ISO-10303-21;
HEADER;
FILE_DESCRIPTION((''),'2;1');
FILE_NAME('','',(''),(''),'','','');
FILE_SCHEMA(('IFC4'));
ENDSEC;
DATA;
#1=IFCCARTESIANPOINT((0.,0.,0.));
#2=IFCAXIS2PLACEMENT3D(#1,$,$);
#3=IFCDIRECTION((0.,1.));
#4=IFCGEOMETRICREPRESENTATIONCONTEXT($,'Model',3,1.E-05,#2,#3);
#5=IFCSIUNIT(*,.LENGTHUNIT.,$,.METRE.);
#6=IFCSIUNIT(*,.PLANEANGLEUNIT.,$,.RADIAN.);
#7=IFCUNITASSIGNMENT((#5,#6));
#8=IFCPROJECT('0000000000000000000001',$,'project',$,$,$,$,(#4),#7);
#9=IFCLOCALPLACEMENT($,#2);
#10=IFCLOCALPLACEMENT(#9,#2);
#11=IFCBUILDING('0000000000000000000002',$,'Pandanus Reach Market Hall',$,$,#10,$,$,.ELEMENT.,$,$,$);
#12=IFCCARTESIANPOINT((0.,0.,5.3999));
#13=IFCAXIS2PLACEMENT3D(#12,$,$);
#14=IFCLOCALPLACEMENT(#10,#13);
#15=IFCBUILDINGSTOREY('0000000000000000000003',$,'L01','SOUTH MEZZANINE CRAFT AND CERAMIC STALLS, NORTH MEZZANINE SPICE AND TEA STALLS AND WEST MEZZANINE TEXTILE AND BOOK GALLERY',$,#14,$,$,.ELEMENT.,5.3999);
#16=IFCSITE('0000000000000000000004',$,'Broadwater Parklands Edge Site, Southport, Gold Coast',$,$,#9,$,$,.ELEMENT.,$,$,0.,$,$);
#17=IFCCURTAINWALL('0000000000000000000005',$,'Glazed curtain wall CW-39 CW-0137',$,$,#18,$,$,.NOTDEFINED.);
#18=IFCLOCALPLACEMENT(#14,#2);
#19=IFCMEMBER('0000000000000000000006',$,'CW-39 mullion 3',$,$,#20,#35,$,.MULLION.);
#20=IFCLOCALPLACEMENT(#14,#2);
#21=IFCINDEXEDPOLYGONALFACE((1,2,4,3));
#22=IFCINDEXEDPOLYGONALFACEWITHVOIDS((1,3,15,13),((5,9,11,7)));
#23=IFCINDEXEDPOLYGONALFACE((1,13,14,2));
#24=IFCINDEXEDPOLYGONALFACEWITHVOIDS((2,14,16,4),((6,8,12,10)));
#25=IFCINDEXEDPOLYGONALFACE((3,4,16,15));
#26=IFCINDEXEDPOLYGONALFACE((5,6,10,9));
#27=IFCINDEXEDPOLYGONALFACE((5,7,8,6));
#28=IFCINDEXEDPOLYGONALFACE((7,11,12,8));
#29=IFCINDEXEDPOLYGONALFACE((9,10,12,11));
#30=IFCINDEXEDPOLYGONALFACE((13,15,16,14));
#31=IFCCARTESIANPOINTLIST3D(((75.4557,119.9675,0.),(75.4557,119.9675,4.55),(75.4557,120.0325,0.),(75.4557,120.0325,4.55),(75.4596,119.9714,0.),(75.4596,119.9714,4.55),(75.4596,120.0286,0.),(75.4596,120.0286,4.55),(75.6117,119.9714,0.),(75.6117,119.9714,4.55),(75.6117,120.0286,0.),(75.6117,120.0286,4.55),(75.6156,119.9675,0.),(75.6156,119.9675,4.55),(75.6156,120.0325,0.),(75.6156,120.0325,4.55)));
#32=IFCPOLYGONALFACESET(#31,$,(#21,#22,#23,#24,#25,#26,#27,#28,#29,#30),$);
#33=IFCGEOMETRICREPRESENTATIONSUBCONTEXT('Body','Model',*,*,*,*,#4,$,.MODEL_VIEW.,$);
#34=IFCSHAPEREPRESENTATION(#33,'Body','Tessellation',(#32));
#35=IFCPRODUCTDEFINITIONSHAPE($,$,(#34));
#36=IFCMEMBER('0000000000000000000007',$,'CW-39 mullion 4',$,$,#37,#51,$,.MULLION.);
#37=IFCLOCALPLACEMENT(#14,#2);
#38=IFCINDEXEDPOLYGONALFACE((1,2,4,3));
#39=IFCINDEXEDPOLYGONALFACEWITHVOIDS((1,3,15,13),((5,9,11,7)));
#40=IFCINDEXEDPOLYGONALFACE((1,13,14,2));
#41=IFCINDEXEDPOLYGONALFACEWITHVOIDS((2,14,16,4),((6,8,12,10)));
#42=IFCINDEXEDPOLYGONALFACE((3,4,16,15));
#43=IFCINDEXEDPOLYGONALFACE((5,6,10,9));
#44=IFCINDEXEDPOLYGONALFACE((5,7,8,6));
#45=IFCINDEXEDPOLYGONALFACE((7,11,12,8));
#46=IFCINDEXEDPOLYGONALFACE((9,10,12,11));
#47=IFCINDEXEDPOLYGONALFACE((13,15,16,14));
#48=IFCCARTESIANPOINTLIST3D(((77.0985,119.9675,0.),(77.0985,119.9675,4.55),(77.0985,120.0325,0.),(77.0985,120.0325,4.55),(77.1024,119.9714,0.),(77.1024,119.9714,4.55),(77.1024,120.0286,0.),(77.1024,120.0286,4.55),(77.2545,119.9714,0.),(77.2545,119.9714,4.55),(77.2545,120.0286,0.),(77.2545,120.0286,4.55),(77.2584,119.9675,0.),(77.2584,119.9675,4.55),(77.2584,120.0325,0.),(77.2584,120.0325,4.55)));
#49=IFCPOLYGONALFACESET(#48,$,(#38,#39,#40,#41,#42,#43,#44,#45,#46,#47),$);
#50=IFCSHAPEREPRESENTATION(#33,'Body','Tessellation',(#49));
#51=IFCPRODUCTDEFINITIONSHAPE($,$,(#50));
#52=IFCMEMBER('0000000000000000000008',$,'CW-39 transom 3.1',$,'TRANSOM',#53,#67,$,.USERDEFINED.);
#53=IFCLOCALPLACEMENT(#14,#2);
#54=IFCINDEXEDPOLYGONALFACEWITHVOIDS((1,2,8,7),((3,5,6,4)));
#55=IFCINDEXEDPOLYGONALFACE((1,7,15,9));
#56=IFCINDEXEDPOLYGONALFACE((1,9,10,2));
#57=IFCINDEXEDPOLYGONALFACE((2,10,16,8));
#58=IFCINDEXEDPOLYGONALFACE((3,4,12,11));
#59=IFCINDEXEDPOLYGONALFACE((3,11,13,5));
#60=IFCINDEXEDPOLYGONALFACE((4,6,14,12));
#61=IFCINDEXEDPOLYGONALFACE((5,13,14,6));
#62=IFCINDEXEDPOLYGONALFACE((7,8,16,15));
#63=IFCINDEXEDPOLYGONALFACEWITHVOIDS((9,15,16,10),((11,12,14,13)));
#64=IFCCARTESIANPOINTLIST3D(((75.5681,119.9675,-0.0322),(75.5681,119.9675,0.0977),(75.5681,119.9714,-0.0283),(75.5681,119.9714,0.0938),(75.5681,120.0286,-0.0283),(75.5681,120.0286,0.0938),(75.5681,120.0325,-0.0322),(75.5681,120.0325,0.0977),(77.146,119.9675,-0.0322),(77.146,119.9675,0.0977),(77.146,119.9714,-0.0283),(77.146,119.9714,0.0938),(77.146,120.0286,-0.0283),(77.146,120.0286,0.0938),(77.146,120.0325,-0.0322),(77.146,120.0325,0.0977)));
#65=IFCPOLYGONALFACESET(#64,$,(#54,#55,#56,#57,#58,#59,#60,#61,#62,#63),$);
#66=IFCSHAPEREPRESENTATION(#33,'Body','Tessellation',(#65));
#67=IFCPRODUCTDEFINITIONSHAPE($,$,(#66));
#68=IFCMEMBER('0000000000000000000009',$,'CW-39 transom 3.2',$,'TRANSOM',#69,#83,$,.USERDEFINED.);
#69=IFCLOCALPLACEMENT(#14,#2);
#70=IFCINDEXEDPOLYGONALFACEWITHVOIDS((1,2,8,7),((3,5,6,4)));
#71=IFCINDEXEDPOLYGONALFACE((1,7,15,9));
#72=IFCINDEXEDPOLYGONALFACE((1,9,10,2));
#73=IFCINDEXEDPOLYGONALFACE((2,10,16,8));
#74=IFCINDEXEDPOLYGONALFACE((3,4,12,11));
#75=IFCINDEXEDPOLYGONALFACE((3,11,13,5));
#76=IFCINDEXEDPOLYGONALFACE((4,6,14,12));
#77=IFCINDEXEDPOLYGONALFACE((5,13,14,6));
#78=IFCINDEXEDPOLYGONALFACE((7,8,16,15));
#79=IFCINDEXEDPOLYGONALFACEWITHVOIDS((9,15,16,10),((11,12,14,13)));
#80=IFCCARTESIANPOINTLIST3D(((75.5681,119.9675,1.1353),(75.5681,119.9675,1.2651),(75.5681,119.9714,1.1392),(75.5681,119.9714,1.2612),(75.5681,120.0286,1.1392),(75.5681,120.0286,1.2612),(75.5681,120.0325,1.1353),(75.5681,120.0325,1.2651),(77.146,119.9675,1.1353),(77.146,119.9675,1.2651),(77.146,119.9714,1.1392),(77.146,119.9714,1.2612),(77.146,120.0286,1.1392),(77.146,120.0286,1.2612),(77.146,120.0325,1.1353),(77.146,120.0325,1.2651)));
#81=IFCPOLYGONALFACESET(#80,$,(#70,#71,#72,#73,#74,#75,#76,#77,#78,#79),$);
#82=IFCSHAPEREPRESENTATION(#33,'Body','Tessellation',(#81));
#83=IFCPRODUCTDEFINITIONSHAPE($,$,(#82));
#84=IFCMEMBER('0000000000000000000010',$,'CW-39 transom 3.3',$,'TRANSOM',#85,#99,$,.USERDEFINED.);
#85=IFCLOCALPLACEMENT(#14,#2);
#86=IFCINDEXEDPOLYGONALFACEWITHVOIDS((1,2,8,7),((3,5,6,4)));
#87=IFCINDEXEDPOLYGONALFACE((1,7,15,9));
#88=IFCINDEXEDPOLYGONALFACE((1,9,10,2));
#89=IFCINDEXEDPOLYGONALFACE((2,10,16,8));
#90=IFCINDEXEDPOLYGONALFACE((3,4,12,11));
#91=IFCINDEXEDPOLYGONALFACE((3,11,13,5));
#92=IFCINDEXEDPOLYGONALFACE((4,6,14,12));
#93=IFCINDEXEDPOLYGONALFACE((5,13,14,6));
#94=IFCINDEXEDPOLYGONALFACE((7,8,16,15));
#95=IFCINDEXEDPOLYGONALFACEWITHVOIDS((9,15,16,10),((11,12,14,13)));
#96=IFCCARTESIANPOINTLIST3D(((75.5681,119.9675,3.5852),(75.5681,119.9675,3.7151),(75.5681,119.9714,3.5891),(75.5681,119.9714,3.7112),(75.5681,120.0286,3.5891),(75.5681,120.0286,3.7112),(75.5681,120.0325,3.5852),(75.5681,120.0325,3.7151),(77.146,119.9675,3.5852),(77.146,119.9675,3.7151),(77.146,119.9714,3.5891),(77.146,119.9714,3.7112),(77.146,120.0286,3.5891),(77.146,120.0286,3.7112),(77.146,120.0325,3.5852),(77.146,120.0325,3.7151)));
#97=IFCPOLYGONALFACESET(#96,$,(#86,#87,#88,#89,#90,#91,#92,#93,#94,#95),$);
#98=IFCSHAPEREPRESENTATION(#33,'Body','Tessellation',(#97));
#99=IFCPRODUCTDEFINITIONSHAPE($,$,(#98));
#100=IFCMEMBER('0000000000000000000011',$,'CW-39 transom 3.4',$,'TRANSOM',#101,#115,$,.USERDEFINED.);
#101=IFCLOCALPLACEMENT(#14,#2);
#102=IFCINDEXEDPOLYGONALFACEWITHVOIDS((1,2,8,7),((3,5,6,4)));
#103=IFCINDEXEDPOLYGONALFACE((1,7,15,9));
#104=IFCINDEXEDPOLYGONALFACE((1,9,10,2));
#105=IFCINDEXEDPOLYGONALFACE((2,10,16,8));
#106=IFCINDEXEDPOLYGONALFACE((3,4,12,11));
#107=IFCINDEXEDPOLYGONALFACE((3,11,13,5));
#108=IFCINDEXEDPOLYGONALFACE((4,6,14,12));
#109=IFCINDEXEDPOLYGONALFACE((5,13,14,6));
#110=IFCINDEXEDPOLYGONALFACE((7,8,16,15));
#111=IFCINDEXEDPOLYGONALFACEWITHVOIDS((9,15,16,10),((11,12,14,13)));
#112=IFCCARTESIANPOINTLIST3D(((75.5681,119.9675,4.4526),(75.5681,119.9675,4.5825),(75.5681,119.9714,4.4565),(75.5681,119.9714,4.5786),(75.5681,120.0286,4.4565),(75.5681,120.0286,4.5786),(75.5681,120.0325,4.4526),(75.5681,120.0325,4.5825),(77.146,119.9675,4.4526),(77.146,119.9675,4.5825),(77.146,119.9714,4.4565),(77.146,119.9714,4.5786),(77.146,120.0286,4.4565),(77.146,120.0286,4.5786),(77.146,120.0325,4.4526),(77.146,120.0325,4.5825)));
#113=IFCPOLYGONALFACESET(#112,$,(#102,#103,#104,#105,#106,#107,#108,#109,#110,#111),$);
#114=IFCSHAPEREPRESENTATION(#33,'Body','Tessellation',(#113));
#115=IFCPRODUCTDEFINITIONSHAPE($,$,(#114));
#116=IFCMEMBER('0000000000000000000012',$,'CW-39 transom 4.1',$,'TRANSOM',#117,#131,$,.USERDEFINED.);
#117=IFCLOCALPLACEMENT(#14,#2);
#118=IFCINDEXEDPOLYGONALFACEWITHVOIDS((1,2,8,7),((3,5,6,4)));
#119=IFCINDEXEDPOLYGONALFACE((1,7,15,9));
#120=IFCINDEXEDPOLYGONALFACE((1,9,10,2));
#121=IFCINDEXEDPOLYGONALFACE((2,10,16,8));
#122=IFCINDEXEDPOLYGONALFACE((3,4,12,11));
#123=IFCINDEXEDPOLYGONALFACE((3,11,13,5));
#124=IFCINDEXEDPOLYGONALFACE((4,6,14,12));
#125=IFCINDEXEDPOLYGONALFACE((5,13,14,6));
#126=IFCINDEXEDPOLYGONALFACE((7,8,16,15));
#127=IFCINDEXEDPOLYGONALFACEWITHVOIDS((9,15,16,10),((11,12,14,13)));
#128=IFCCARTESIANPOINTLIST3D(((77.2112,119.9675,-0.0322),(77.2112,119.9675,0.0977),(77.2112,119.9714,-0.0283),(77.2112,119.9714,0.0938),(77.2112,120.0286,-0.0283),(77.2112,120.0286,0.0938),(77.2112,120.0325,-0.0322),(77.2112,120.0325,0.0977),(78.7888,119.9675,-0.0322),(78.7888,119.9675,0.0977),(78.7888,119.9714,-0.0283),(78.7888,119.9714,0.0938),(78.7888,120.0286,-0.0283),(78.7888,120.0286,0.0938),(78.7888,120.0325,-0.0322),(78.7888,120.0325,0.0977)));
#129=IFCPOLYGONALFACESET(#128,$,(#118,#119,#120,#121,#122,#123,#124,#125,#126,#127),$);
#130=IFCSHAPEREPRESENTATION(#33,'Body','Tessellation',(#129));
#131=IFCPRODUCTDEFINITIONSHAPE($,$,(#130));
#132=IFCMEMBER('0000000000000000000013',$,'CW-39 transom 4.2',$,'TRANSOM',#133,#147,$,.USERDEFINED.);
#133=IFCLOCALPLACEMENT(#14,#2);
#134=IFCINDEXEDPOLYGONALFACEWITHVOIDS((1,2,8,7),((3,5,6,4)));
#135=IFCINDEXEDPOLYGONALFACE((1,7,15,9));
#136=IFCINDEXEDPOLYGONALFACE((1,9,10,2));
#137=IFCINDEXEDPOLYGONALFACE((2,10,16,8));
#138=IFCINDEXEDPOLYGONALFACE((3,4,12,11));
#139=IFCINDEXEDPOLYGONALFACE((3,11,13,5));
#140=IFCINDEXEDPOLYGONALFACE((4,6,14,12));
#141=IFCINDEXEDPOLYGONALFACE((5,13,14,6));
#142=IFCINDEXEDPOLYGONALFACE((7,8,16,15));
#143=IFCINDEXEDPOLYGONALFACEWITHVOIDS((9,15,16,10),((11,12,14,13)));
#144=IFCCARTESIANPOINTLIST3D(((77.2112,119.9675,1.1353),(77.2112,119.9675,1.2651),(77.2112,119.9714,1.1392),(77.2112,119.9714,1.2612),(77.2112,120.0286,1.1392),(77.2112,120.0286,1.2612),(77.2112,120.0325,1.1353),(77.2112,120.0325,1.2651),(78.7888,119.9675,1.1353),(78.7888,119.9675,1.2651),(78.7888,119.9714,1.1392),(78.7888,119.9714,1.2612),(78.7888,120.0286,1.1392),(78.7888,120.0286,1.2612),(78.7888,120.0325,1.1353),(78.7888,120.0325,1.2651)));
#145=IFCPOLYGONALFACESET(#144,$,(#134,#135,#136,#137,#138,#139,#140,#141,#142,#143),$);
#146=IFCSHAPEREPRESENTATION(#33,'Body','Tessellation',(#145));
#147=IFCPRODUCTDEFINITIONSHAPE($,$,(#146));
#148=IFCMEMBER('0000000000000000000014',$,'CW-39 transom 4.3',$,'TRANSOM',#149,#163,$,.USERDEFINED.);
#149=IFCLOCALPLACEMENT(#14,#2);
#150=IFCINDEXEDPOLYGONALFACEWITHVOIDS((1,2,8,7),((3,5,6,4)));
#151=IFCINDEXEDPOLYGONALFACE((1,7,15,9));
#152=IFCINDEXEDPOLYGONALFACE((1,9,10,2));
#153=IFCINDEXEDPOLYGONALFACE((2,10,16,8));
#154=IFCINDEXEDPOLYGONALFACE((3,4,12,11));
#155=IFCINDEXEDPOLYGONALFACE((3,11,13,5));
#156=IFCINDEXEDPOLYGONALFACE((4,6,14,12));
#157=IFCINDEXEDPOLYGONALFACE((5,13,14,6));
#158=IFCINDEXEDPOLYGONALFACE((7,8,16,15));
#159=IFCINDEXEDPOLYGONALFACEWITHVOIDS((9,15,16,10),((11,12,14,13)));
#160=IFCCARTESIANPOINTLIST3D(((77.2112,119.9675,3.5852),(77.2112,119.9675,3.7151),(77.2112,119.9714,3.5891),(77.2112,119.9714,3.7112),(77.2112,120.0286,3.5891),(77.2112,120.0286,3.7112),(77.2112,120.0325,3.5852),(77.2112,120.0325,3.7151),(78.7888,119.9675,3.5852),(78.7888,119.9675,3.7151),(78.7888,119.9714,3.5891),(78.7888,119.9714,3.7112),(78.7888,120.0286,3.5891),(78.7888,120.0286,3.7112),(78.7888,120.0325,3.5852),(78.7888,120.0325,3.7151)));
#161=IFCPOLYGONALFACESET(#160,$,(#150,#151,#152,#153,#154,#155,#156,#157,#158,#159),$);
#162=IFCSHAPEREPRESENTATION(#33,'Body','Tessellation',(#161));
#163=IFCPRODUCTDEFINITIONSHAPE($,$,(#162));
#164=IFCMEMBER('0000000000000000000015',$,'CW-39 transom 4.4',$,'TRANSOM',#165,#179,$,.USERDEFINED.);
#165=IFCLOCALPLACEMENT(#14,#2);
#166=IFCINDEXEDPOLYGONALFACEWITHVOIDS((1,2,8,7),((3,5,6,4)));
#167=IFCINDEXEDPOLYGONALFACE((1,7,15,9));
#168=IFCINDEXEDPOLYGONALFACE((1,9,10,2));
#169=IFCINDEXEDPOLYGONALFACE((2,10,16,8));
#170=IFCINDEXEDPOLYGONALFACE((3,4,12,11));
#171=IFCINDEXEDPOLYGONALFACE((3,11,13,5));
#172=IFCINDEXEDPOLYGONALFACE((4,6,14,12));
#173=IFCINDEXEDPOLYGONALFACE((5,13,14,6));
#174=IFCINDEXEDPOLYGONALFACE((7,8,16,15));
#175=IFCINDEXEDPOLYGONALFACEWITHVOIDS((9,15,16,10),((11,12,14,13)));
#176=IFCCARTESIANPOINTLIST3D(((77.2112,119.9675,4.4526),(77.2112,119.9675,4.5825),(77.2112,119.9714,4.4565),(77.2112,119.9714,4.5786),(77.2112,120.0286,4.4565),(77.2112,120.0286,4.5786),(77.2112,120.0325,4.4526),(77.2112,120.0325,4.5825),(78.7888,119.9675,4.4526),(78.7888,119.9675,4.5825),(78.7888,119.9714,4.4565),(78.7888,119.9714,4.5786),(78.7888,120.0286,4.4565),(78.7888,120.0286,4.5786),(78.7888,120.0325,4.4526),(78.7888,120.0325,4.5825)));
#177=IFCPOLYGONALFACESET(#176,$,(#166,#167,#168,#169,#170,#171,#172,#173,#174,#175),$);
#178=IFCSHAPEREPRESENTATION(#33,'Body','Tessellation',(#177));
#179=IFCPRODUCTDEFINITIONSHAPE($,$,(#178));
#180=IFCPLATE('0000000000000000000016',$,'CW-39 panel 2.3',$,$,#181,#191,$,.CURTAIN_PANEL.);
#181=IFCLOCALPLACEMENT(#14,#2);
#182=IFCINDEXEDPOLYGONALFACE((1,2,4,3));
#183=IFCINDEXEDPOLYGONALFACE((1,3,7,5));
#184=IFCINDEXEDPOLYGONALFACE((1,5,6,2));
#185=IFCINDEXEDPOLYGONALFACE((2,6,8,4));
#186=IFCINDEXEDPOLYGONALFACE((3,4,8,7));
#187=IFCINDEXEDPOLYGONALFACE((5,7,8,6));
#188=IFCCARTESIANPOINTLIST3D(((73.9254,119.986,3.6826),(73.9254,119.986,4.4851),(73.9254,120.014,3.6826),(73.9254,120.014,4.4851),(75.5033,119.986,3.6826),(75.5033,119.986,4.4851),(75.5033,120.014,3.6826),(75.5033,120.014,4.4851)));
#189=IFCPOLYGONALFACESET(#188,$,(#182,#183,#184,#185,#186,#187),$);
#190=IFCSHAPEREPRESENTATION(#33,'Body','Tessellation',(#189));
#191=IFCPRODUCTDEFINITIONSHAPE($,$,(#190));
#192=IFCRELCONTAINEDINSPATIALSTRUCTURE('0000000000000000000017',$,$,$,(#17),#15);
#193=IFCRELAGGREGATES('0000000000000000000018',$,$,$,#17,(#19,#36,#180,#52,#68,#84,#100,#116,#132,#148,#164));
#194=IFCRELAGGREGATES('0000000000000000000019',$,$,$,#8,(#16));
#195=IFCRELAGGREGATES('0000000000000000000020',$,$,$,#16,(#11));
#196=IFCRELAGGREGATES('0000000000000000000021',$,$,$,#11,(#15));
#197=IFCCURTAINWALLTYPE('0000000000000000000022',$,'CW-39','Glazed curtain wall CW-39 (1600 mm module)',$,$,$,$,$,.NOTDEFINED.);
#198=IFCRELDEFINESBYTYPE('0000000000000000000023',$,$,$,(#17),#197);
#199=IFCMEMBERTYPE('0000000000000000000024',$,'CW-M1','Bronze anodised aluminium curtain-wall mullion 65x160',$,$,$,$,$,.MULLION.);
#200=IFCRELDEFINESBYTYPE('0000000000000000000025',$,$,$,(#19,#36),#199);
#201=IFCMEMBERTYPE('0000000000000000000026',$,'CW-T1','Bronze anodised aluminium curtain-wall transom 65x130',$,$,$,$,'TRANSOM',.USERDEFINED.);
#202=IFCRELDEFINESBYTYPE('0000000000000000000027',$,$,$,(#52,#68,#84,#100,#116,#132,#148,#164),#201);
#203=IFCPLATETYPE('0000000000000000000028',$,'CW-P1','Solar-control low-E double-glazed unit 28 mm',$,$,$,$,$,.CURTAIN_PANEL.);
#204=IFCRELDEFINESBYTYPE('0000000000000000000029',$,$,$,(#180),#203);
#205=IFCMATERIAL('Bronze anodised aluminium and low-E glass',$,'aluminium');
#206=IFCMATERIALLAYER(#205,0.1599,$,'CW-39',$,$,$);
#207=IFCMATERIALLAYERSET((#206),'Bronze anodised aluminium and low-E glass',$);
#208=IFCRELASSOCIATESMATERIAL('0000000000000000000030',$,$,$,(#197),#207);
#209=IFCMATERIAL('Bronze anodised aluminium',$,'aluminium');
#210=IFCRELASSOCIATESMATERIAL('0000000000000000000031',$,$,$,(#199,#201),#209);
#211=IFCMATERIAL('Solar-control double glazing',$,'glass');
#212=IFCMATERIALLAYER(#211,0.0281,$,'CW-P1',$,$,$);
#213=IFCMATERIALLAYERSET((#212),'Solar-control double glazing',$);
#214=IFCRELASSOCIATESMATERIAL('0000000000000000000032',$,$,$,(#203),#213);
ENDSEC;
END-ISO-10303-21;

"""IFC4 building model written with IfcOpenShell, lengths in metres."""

from ifc_helpers import new_model, si_unit, direction, frame, origin, origin_2d, place, context, subcontext, project, spatial, rectangle, hollow_rectangle, extrude, material, layer, layer_set, material_profile, profile_set, type_object, element, aggregate, save


model = new_model("IFC4")

# Units and contexts
model_context = context("Model", 3, precision=1e-05, world=origin(), true_north=direction((0.0, 1.0)))
body_context = subcontext(model_context, "Body", "Model", "MODEL_VIEW")
ifc_project = project(units=[si_unit("LENGTHUNIT", "METRE"), si_unit("PLANEANGLEUNIT", "RADIAN")], contexts=[model_context])

# Site, building, storey
site_placement = place(None, origin())
site = spatial("IfcSite", under=ifc_project, at=site_placement, Name="Broadwater Parklands Edge Site, Southport, Gold Coast", CompositionType="ELEMENT", RefElevation=0.0)
building_placement = place(site_placement, origin())
building = spatial("IfcBuilding", under=site, at=building_placement, Name="Pandanus Reach Market Hall", CompositionType="ELEMENT")
storey_placement = place(building_placement, frame((0.0, 0.0, 5.3999)))
storey = spatial("IfcBuildingStorey", under=building, at=storey_placement, Name="L01", Description="SOUTH MEZZANINE CRAFT AND CERAMIC STALLS, NORTH MEZZANINE SPICE AND TEA STALLS AND WEST MEZZANINE TEXTILE AND BOOK GALLERY", CompositionType="ELEMENT", Elevation=5.3999)

# Curtain wall, members, plate
ifc_material_1 = material(Name="Bronze anodised aluminium and low-E glass", Category="aluminium")
ifc_layer_1 = layer(ifc_material_1, 0.1599, Name="CW-39")
ifc_layer_set_1 = layer_set([ifc_layer_1], Name="Bronze anodised aluminium and low-E glass")
curtain_wall_type = type_object("IfcCurtainWallType", Name="CW-39", Description="Glazed curtain wall CW-39 (1600 mm module)", PredefinedType="NOTDEFINED", material=ifc_layer_set_1)
curtain_wall_placement = place(storey_placement, origin())
curtain_wall = element("IfcCurtainWall", 1, at=curtain_wall_placement, inside=storey, type_object=curtain_wall_type, Name="Glazed curtain wall CW-39 CW-0137", PredefinedType="NOTDEFINED")
ifc_material_2 = material(Name="Bronze anodised aluminium", Category="aluminium")
ifc_material_profile_1 = material_profile(ifc_material_2, hollow_rectangle(XDim=0.0649, YDim=0.1599, WallThickness=0.0039, at=origin_2d()), Name="ALU65x160", Category="LoadBearing")
ifc_profile_set_1 = profile_set([ifc_material_profile_1], Name="Bronze anodised aluminium")
member_type_1 = type_object("IfcMemberType", Name="CW-M1", Description="Bronze anodised aluminium curtain-wall mullion 65x160", PredefinedType="MULLION", material=ifc_profile_set_1)
member_1_placement = place(storey_placement, frame((75.5356, 120.0, 0.0), z_axis=(0.0, 0.0, 1.0), x_axis=(0.0, 1.0, 0.0)))
member_1 = element("IfcMember", 2, at=member_1_placement, type_object=member_type_1, Name="CW-39 mullion 3", PredefinedType="MULLION", context=body_context, shape_type="SweptSolid", body=[
    extrude(hollow_rectangle(XDim=0.0649, YDim=0.1599, WallThickness=0.0039, at=origin_2d()), origin(), (0.0, 0.0, 1.0), 4.55),
])
member_2_placement = place(storey_placement, frame((77.1785, 120.0, 0.0), z_axis=(0.0, 0.0, 1.0), x_axis=(0.0, 1.0, 0.0)))
member_2 = element("IfcMember", 3, at=member_2_placement, type_object=member_type_1, Name="CW-39 mullion 4", PredefinedType="MULLION", context=body_context, shape_type="SweptSolid", body=[
    extrude(hollow_rectangle(XDim=0.0649, YDim=0.1599, WallThickness=0.0039, at=origin_2d()), origin(), (0.0, 0.0, 1.0), 4.55),
])
ifc_material_profile_2 = material_profile(ifc_material_2, hollow_rectangle(XDim=0.0649, YDim=0.1299, WallThickness=0.0039, at=origin_2d()), Name="ALU65x130", Category="LoadBearing")
ifc_profile_set_2 = profile_set([ifc_material_profile_2], Name="Bronze anodised aluminium")
member_type_2 = type_object("IfcMemberType", Name="CW-T1", Description="Bronze anodised aluminium curtain-wall transom 65x130", ElementType="TRANSOM", PredefinedType="USERDEFINED", material=ifc_profile_set_2)
member_3_placement = place(storey_placement, frame((75.5681, 120.0, 0.0327), z_axis=(1.0, 0.0, 0.0), x_axis=(0.0, 1.0, 0.0)))
member_3 = element("IfcMember", 4, at=member_3_placement, type_object=member_type_2, Name="CW-39 transom 3.1", ObjectType="TRANSOM", PredefinedType="USERDEFINED", context=body_context, shape_type="SweptSolid", body=[
    extrude(hollow_rectangle(XDim=0.0649, YDim=0.1299, WallThickness=0.0039, at=origin_2d()), origin(), (0.0, 0.0, 1.0), 1.5779),
])
member_4_placement = place(storey_placement, frame((75.5681, 120.0, 1.2002), z_axis=(1.0, 0.0, 0.0), x_axis=(0.0, 1.0, 0.0)))
member_4 = element("IfcMember", 5, at=member_4_placement, type_object=member_type_2, Name="CW-39 transom 3.2", ObjectType="TRANSOM", PredefinedType="USERDEFINED", context=body_context, shape_type="SweptSolid", body=[
    extrude(hollow_rectangle(XDim=0.0649, YDim=0.1299, WallThickness=0.0039, at=origin_2d()), origin(), (0.0, 0.0, 1.0), 1.5779),
])
member_5_placement = place(storey_placement, frame((75.5681, 120.0, 3.6501), z_axis=(1.0, 0.0, 0.0), x_axis=(0.0, 1.0, 0.0)))
member_5 = element("IfcMember", 6, at=member_5_placement, type_object=member_type_2, Name="CW-39 transom 3.3", ObjectType="TRANSOM", PredefinedType="USERDEFINED", context=body_context, shape_type="SweptSolid", body=[
    extrude(hollow_rectangle(XDim=0.0649, YDim=0.1299, WallThickness=0.0039, at=origin_2d()), origin(), (0.0, 0.0, 1.0), 1.5779),
])
member_6_placement = place(storey_placement, frame((75.5681, 120.0, 4.5176), z_axis=(1.0, 0.0, 0.0), x_axis=(0.0, 1.0, 0.0)))
member_6 = element("IfcMember", 7, at=member_6_placement, type_object=member_type_2, Name="CW-39 transom 3.4", ObjectType="TRANSOM", PredefinedType="USERDEFINED", context=body_context, shape_type="SweptSolid", body=[
    extrude(hollow_rectangle(XDim=0.0649, YDim=0.1299, WallThickness=0.0039, at=origin_2d()), origin(), (0.0, 0.0, 1.0), 1.5779),
])
member_7_placement = place(storey_placement, frame((77.2112, 120.0, 0.0327), z_axis=(1.0, 0.0, 0.0), x_axis=(0.0, 1.0, 0.0)))
member_7 = element("IfcMember", 8, at=member_7_placement, type_object=member_type_2, Name="CW-39 transom 4.1", ObjectType="TRANSOM", PredefinedType="USERDEFINED", context=body_context, shape_type="SweptSolid", body=[
    extrude(hollow_rectangle(XDim=0.0649, YDim=0.1299, WallThickness=0.0039, at=origin_2d()), origin(), (0.0, 0.0, 1.0), 1.5776),
])
member_8_placement = place(storey_placement, frame((77.2112, 120.0, 1.2002), z_axis=(1.0, 0.0, 0.0), x_axis=(0.0, 1.0, 0.0)))
member_8 = element("IfcMember", 9, at=member_8_placement, type_object=member_type_2, Name="CW-39 transom 4.2", ObjectType="TRANSOM", PredefinedType="USERDEFINED", context=body_context, shape_type="SweptSolid", body=[
    extrude(hollow_rectangle(XDim=0.0649, YDim=0.1299, WallThickness=0.0039, at=origin_2d()), origin(), (0.0, 0.0, 1.0), 1.5776),
])
member_9_placement = place(storey_placement, frame((77.2112, 120.0, 3.6501), z_axis=(1.0, 0.0, 0.0), x_axis=(0.0, 1.0, 0.0)))
member_9 = element("IfcMember", 10, at=member_9_placement, type_object=member_type_2, Name="CW-39 transom 4.3", ObjectType="TRANSOM", PredefinedType="USERDEFINED", context=body_context, shape_type="SweptSolid", body=[
    extrude(hollow_rectangle(XDim=0.0649, YDim=0.1299, WallThickness=0.0039, at=origin_2d()), origin(), (0.0, 0.0, 1.0), 1.5776),
])
member_10_placement = place(storey_placement, frame((77.2112, 120.0, 4.5176), z_axis=(1.0, 0.0, 0.0), x_axis=(0.0, 1.0, 0.0)))
member_10 = element("IfcMember", 11, at=member_10_placement, type_object=member_type_2, Name="CW-39 transom 4.4", ObjectType="TRANSOM", PredefinedType="USERDEFINED", context=body_context, shape_type="SweptSolid", body=[
    extrude(hollow_rectangle(XDim=0.0649, YDim=0.1299, WallThickness=0.0039, at=origin_2d()), origin(), (0.0, 0.0, 1.0), 1.5776),
])
ifc_material_3 = material(Name="Solar-control double glazing", Category="glass")
ifc_layer_2 = layer(ifc_material_3, 0.0281, Name="CW-P1")
ifc_layer_set_2 = layer_set([ifc_layer_2], Name="Solar-control double glazing")
plate_type = type_object("IfcPlateType", Name="CW-P1", Description="Solar-control low-E double-glazed unit 28 mm", PredefinedType="CURTAIN_PANEL", material=ifc_layer_set_2)
plate_1_placement = place(storey_placement, frame((74.7144, 120.0, 3.6826), z_axis=(0.0, 0.0, 1.0), x_axis=(1.0, 0.0, 0.0)))
plate_1 = element("IfcPlate", 12, at=plate_1_placement, type_object=plate_type, Name="CW-39 panel 2.3", PredefinedType="CURTAIN_PANEL", context=body_context, shape_type="SweptSolid", body=[
    extrude(rectangle(XDim=1.5779, YDim=0.0281, at=origin_2d()), origin(), (0.0, 0.0, 1.0), 0.8025),
])
aggregate(curtain_wall, [member_1, member_2, plate_1, member_3, member_4, member_5, member_6, member_7, member_8, member_9, member_10])

save(model, "model.ifc")
